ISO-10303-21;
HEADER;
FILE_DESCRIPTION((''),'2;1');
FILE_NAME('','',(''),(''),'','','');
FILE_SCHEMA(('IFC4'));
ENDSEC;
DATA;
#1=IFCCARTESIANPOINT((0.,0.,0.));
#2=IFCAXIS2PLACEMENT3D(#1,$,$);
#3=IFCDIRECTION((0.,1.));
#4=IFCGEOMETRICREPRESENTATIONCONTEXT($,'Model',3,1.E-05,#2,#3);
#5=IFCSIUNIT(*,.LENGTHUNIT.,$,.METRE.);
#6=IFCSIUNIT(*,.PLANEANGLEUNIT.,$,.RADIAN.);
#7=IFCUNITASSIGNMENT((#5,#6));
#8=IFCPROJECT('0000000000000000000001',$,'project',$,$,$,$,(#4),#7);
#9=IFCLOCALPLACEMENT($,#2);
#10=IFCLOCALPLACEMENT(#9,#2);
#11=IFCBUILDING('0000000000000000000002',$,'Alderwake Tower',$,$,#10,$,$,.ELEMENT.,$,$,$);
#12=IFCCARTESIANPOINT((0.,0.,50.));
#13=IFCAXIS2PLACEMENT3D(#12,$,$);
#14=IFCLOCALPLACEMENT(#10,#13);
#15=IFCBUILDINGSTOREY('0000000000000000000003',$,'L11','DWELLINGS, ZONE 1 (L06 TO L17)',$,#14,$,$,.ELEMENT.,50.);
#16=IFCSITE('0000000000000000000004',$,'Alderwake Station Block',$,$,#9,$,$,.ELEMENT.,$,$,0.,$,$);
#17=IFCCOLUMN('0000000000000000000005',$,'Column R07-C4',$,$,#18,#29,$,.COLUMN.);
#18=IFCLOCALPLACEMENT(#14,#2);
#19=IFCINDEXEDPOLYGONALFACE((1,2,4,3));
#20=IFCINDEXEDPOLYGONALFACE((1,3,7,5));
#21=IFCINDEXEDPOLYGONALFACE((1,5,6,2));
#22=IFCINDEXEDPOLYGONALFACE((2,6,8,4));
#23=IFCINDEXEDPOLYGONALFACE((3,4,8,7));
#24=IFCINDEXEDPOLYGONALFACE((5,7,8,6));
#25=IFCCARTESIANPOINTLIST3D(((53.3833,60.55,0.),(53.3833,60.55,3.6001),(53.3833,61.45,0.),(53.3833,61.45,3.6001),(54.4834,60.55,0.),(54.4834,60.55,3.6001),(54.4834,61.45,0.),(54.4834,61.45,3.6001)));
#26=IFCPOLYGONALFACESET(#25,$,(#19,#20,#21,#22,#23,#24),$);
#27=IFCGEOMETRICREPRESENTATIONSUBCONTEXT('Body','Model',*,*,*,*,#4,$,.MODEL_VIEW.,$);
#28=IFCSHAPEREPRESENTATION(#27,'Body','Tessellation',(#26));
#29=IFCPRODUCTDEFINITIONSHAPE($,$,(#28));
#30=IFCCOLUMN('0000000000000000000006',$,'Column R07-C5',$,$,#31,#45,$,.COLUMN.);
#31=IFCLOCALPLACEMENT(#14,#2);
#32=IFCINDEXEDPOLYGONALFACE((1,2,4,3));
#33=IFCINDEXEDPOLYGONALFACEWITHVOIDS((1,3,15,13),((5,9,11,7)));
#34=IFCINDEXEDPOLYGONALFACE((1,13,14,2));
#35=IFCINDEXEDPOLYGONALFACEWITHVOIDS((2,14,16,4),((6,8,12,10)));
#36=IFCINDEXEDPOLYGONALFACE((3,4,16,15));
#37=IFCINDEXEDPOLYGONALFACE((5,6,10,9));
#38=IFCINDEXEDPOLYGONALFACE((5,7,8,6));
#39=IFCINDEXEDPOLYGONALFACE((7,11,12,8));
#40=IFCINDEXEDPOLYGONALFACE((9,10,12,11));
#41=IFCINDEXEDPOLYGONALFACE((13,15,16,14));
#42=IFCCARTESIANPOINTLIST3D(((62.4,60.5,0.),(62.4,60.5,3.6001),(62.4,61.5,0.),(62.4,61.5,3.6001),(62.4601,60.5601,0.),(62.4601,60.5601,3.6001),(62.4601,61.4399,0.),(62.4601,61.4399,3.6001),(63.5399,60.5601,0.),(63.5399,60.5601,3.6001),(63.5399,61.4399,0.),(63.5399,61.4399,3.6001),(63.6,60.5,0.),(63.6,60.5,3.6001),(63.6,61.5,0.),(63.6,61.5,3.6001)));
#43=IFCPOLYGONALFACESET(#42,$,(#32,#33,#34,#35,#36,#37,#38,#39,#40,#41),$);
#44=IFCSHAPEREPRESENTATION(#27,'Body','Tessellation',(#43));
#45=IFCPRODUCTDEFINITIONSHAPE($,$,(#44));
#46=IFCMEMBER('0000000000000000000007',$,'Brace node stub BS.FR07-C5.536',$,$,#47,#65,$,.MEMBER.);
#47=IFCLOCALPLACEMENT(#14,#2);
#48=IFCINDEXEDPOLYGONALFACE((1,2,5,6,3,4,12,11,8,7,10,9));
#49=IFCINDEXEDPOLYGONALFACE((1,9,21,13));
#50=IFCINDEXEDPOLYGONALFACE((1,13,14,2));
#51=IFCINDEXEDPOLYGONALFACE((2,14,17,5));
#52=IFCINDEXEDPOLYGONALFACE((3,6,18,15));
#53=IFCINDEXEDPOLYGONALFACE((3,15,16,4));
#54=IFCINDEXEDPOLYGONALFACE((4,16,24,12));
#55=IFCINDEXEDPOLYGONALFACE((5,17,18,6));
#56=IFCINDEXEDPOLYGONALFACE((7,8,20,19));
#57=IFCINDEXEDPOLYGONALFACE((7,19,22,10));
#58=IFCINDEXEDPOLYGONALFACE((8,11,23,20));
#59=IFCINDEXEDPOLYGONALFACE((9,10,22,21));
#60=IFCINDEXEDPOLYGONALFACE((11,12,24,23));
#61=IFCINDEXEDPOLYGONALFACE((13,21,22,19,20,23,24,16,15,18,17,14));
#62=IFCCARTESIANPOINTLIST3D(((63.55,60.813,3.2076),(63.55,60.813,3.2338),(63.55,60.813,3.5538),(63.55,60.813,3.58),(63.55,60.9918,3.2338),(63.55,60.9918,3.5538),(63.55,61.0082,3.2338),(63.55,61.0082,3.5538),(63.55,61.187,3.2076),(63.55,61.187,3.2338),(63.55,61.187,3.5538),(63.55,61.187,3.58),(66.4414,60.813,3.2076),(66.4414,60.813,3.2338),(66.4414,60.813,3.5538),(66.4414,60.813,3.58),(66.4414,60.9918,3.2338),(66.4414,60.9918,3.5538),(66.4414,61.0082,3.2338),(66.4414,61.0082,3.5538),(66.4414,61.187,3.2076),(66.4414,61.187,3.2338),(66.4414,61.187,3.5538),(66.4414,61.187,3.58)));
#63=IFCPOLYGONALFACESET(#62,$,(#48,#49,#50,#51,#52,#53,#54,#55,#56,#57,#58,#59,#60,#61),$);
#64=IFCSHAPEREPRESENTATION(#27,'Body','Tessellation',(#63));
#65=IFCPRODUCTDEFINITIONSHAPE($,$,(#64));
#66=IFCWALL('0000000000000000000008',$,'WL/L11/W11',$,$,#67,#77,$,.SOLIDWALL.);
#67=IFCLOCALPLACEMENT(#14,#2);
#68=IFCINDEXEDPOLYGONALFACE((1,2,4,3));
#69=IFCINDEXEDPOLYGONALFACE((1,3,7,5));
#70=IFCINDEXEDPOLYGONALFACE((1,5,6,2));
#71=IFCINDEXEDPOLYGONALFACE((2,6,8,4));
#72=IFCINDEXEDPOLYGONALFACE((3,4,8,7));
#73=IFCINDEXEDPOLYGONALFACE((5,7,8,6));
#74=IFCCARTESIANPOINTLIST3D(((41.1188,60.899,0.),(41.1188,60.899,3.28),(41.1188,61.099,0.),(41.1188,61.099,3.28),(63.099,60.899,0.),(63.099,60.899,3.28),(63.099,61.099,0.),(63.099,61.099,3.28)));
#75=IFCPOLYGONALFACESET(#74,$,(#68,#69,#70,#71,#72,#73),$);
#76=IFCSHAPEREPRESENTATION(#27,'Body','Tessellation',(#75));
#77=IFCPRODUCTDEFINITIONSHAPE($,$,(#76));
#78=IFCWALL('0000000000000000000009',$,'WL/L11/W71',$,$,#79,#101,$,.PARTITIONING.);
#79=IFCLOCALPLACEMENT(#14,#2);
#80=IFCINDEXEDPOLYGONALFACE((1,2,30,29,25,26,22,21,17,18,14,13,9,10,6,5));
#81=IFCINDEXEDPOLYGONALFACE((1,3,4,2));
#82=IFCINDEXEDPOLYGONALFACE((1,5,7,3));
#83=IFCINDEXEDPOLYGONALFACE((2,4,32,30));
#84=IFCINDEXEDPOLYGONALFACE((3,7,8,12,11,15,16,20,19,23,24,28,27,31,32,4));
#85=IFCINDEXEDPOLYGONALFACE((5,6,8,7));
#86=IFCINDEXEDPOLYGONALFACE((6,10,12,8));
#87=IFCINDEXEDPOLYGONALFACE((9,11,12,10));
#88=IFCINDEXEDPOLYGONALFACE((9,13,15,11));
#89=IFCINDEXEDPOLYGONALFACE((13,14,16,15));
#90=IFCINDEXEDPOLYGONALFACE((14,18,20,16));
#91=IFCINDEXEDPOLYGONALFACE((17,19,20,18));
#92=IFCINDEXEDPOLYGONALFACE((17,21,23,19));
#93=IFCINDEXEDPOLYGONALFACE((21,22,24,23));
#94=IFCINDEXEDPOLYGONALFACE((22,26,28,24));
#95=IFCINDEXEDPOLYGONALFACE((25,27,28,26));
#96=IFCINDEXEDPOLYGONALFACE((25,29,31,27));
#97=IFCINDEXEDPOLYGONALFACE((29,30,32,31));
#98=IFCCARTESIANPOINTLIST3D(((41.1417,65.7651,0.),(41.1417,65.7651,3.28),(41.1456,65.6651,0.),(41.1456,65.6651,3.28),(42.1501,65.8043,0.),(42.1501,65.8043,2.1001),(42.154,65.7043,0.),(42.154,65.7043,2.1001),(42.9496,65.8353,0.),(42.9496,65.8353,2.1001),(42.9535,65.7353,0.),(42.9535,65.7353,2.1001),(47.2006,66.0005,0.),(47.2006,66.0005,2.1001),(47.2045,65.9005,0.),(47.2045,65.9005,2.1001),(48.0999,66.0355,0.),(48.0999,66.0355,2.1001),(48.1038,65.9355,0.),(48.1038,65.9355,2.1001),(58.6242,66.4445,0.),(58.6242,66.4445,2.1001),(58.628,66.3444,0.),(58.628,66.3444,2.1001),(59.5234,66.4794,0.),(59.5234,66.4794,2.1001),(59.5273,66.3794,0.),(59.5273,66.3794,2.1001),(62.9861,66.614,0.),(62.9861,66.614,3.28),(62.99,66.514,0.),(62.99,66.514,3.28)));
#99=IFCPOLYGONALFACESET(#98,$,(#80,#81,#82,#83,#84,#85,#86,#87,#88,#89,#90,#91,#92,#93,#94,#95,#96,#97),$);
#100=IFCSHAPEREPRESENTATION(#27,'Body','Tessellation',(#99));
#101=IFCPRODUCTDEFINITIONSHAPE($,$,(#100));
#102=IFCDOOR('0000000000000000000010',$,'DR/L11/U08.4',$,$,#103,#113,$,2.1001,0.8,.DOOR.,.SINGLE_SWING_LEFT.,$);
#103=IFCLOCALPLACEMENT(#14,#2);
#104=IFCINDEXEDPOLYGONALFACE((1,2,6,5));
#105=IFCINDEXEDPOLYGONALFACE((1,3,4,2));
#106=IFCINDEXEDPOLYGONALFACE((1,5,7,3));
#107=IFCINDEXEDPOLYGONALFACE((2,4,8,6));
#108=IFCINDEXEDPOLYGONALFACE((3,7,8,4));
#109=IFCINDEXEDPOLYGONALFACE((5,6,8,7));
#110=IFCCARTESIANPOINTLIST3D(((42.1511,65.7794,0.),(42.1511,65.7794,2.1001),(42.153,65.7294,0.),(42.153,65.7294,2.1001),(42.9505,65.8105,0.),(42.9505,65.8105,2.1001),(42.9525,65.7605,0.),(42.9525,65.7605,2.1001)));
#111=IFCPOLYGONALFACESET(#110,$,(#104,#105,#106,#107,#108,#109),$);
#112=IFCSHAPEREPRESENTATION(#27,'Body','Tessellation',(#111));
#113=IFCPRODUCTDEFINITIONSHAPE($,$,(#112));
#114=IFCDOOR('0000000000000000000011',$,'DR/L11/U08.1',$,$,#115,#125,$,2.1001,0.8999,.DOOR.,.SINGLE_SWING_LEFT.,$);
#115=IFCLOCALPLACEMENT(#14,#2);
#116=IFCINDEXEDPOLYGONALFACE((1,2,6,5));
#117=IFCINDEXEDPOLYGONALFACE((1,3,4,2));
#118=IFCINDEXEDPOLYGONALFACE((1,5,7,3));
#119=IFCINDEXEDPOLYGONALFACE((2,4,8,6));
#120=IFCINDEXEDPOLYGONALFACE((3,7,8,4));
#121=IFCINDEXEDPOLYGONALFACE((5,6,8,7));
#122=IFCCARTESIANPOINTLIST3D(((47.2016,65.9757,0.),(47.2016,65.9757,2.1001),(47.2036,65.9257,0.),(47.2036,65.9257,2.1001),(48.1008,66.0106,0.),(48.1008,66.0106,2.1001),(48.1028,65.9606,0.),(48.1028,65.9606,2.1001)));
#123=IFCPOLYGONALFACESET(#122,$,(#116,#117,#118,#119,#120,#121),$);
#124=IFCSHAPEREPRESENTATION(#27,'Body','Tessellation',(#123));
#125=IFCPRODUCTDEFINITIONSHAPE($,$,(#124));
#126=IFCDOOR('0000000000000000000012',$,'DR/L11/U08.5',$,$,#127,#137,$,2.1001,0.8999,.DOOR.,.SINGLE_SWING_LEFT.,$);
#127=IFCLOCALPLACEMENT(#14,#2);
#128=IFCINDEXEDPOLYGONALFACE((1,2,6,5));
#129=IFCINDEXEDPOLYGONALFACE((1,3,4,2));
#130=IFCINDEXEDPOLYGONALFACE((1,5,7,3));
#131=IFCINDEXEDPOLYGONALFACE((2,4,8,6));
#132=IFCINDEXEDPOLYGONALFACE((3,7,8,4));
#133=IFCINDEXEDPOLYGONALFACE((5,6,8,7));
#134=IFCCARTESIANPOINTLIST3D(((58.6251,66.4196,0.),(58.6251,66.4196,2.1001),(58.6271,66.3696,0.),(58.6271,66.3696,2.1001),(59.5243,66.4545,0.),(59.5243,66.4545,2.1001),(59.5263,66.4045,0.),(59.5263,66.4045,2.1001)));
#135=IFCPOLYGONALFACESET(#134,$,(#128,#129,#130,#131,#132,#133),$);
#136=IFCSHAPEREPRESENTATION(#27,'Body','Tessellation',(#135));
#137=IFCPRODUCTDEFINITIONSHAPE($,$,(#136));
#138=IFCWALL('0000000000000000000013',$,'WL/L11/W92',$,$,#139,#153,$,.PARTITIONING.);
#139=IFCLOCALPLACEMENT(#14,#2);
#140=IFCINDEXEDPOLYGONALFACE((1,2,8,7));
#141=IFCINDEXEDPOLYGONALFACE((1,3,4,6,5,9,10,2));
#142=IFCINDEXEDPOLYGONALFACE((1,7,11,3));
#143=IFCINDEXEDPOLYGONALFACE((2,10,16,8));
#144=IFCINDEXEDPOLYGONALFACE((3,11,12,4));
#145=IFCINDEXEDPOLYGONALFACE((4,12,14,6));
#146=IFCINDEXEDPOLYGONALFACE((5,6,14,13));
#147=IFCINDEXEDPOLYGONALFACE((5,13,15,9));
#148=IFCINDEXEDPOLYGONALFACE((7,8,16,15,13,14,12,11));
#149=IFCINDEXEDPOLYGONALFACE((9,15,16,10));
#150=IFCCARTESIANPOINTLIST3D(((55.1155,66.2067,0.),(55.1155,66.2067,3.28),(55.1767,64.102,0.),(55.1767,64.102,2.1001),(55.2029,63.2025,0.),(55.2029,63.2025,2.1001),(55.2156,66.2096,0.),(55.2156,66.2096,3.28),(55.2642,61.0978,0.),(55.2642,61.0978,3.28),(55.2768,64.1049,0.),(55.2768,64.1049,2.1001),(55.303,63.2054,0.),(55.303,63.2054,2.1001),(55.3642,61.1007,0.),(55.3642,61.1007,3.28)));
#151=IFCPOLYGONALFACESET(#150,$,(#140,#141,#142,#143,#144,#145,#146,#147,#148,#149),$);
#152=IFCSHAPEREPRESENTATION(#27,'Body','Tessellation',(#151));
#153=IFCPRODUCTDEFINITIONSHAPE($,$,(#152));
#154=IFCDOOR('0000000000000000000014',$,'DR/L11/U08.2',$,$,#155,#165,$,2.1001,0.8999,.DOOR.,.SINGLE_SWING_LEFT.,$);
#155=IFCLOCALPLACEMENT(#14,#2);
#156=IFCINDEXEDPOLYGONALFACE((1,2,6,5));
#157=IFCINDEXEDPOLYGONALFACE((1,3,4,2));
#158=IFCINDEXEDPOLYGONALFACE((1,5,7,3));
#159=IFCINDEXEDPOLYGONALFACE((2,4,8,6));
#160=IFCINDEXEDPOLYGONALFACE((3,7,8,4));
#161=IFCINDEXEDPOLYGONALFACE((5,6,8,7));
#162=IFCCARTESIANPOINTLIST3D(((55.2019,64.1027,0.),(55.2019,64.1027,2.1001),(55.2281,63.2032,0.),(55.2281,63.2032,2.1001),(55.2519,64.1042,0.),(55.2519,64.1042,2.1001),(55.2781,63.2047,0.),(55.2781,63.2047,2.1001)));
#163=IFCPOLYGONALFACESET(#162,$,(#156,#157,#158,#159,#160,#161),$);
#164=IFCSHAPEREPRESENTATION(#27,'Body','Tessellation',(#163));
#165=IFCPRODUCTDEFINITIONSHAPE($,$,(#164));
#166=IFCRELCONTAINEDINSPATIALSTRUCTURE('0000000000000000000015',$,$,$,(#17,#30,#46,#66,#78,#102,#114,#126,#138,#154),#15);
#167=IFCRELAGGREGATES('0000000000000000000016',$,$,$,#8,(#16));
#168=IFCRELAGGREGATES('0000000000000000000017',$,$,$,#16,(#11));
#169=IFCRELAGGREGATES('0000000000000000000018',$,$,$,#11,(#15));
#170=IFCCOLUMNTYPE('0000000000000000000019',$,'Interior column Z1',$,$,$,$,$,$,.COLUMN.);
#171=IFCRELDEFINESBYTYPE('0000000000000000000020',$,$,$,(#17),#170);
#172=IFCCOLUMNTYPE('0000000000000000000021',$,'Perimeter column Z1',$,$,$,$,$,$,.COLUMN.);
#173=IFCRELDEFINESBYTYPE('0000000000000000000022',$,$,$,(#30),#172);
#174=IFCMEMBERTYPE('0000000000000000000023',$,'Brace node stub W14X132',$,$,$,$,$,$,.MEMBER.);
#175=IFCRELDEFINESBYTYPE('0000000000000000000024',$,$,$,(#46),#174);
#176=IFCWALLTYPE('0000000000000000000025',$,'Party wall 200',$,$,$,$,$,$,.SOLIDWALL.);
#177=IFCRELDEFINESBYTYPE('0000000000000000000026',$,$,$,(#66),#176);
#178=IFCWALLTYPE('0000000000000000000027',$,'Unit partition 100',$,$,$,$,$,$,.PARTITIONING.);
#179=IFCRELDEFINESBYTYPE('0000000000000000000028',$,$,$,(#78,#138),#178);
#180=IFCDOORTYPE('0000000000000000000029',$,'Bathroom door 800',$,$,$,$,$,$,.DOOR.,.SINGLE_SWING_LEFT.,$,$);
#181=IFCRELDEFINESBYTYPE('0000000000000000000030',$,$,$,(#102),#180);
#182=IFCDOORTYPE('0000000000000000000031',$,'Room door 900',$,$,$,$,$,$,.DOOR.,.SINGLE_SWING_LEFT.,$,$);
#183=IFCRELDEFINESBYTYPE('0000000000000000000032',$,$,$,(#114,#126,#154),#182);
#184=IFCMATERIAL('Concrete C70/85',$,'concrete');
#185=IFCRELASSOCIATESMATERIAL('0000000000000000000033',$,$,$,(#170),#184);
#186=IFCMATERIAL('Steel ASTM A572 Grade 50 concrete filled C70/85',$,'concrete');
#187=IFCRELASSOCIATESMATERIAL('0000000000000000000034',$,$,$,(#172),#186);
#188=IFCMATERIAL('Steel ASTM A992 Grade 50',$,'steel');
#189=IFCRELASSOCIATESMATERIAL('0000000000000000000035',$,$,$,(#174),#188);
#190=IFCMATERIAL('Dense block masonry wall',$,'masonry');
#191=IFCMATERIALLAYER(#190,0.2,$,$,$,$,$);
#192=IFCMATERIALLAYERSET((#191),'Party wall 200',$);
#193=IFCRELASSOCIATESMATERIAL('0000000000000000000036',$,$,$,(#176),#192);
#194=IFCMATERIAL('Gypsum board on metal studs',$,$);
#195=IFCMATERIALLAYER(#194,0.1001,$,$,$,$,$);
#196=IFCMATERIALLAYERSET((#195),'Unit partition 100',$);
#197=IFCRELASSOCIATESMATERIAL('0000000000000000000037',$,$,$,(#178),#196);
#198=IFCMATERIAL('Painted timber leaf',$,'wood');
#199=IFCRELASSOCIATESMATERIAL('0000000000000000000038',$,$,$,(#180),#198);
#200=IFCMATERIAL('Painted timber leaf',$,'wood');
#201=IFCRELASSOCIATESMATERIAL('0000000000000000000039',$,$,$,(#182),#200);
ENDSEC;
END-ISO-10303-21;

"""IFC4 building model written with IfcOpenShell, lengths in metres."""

from ifc_helpers import new_model, si_unit, direction, frame, frame_2d, origin, origin_2d, place, context, subcontext, project, spatial, rectangle, hollow_rectangle, i_section, extrude, material, layer, layer_set, material_profile, profile_set, type_object, element, fill, save


model = new_model("IFC4")

# Units and contexts
model_context = context("Model", 3, precision=1e-05, world=origin(), true_north=direction((0.0, 1.0)))
body_context = subcontext(model_context, "Body", "Model", "MODEL_VIEW")
ifc_project = project(units=[si_unit("LENGTHUNIT", "METRE"), si_unit("PLANEANGLEUNIT", "RADIAN")], contexts=[model_context])

# Site, building, storey
site_placement = place(None, origin())
site = spatial("IfcSite", under=ifc_project, at=site_placement, Name="Alderwake Station Block", CompositionType="ELEMENT", RefElevation=0.0)
building_placement = place(site_placement, origin())
building = spatial("IfcBuilding", under=site, at=building_placement, Name="Alderwake Tower", CompositionType="ELEMENT")
storey_placement = place(building_placement, frame((0.0, 0.0, 50.0)))
storey = spatial("IfcBuildingStorey", under=building, at=storey_placement, Name="L11", Description="DWELLINGS, ZONE 1 (L06 TO L17)", CompositionType="ELEMENT", Elevation=50.0)

# Columns
ifc_material_1 = material(Name="Concrete C70/85", Category="concrete")
ifc_material_profile_1 = material_profile(ifc_material_1, rectangle(XDim=0.8999, YDim=1.1001, at=origin_2d()), Name="RC 1100X900")
ifc_profile_set_1 = profile_set([ifc_material_profile_1], Name="Concrete C70/85")
column_type_1 = type_object("IfcColumnType", Name="Interior column Z1", PredefinedType="COLUMN", material=ifc_profile_set_1)
column_1_placement = place(storey_placement, frame((53.9333, 61.0, 0.0), z_axis=(0.0, 0.0, 1.0), x_axis=(0.0, 1.0, 0.0)))
element("IfcColumn", 1, at=column_1_placement, inside=storey, type_object=column_type_1, Name="Column R07-C4", PredefinedType="COLUMN", context=body_context, shape_type="SweptSolid", body=[
    extrude(rectangle(XDim=0.8999, YDim=1.1001, at=origin_2d()), origin(), (0.0, 0.0, 1.0), 3.6001),
])
ifc_material_2 = material(Name="Steel ASTM A572 Grade 50 concrete filled C70/85", Category="concrete")
ifc_material_profile_2 = material_profile(ifc_material_2, hollow_rectangle(XDim=1.0, YDim=1.2, WallThickness=0.0601, at=origin_2d()), Name="BOX 1200X1000X60")
ifc_profile_set_2 = profile_set([ifc_material_profile_2], Name="Steel ASTM A572 Grade 50 concrete filled C70/85")
column_type_2 = type_object("IfcColumnType", Name="Perimeter column Z1", PredefinedType="COLUMN", material=ifc_profile_set_2)
column_2_placement = place(storey_placement, frame((63.0, 61.0, 0.0), z_axis=(0.0, 0.0, 1.0), x_axis=(0.0, 1.0, 0.0)))
element("IfcColumn", 2, at=column_2_placement, inside=storey, type_object=column_type_2, Name="Column R07-C5", PredefinedType="COLUMN", context=body_context, shape_type="SweptSolid", body=[
    extrude(hollow_rectangle(XDim=1.0, YDim=1.2, WallThickness=0.0601, at=origin_2d()), origin(), (0.0, 0.0, 1.0), 3.6001),
])

# Member
ifc_material_3 = material(Name="Steel ASTM A992 Grade 50", Category="steel")
ifc_material_profile_3 = material_profile(ifc_material_3, i_section(OverallWidth=0.374, OverallDepth=0.3723, WebThickness=0.0164, FlangeThickness=0.0261, at=origin_2d()), Name="W14X132")
ifc_profile_set_3 = profile_set([ifc_material_profile_3], Name="Steel ASTM A992 Grade 50")
member_type = type_object("IfcMemberType", Name="Brace node stub W14X132", PredefinedType="MEMBER", material=ifc_profile_set_3)
member_placement = place(storey_placement, frame((63.55, 61.0, 3.3938), z_axis=(1.0, 0.0, 0.0), x_axis=(0.0, 1.0, 0.0)))
element("IfcMember", 3, at=member_placement, inside=storey, type_object=member_type, Name="Brace node stub BS.FR07-C5.536", PredefinedType="MEMBER", context=body_context, shape_type="SweptSolid", body=[
    extrude(i_section(OverallWidth=0.374, OverallDepth=0.3723, WebThickness=0.0164, FlangeThickness=0.0261, at=origin_2d()), origin(), (0.0, 0.0, 1.0), 2.8914),
])

# Wall
ifc_material_4 = material(Name="Dense block masonry wall", Category="masonry")
ifc_layer_1 = layer(ifc_material_4, 0.2)
ifc_layer_set_1 = layer_set([ifc_layer_1], Name="Party wall 200")
wall_type_1 = type_object("IfcWallType", Name="Party wall 200", PredefinedType="SOLIDWALL", material=ifc_layer_set_1)
wall_1_placement = place(storey_placement, frame((63.0991, 60.999, 0.0), z_axis=(0.0, 0.0, 1.0), x_axis=(-1.0, 0.0, 0.0)))
element("IfcWall", 4, at=wall_1_placement, inside=storey, type_object=wall_type_1, Name="WL/L11/W11", PredefinedType="SOLIDWALL", context=body_context, shape_type="SweptSolid", body=[
    extrude(rectangle(XDim=21.9802, YDim=0.2, at=frame_2d((10.9902, 0.0))), origin(), (0.0, 0.0, 1.0), 3.28),
])

# Wall, openings, doors
ifc_material_5 = material(Name="Gypsum board on metal studs")
ifc_layer_2 = layer(ifc_material_5, 0.1001)
ifc_layer_set_2 = layer_set([ifc_layer_2], Name="Unit partition 100")
wall_type_2 = type_object("IfcWallType", Name="Unit partition 100", PredefinedType="PARTITIONING", material=ifc_layer_set_2)
wall_2_placement = place(storey_placement, frame((62.988, 66.564, 0.0), z_axis=(0.0, 0.0, 1.0), x_axis=(-0.999246, -0.038831, 0.0)))
wall_2 = element("IfcWall", 5, at=wall_2_placement, inside=storey, type_object=wall_type_2, Name="WL/L11/W71", PredefinedType="PARTITIONING", context=body_context, shape_type="SweptSolid", body=[
    extrude(rectangle(XDim=21.8608, YDim=0.1001, at=frame_2d((10.9304, 0.0))), origin(), (0.0, 0.0, 1.0), 3.28),
])
opening_1_placement = place(wall_2_placement, frame((14.8975, 0.0, 0.0)))
opening_1 = element("IfcOpeningElement", 6, at=opening_1_placement, cuts=wall_2, PredefinedType="OPENING", context=body_context, shape_type="SweptSolid", body=[
    extrude(rectangle(XDim=0.8999, YDim=2.1001, at=frame_2d((0.45, 1.05))), frame((0.0, 0.0601, 0.0), z_axis=(0.0, -1.0, 0.0), x_axis=(1.0, 0.0, 0.0)), (0.0, 0.0, 1.0), 0.1201),
])
opening_2_placement = place(wall_2_placement, frame((20.0518, 0.0, 0.0)))
opening_2 = element("IfcOpeningElement", 7, at=opening_2_placement, cuts=wall_2, PredefinedType="OPENING", context=body_context, shape_type="SweptSolid", body=[
    extrude(rectangle(XDim=0.8, YDim=2.1001, at=frame_2d((0.3999, 1.05))), frame((0.0, 0.0601, 0.0), z_axis=(0.0, -1.0, 0.0), x_axis=(1.0, 0.0, 0.0)), (0.0, 0.0, 1.0), 0.1201),
])
opening_3_placement = place(wall_2_placement, frame((3.4653, 0.0, 0.0)))
opening_3 = element("IfcOpeningElement", 8, at=opening_3_placement, cuts=wall_2, PredefinedType="OPENING", context=body_context, shape_type="SweptSolid", body=[
    extrude(rectangle(XDim=0.8999, YDim=2.1001, at=frame_2d((0.45, 1.05))), frame((0.0, 0.0601, 0.0), z_axis=(0.0, -1.0, 0.0), x_axis=(1.0, 0.0, 0.0)), (0.0, 0.0, 1.0), 0.1201),
])
ifc_material_6 = material(Name="Painted timber leaf", Category="wood")
door_type_1 = type_object("IfcDoorType", Name="Bathroom door 800", OperationType="SINGLE_SWING_LEFT", PredefinedType="DOOR", material=ifc_material_6)
door_1_placement = place(opening_2_placement, origin())
door_1 = element("IfcDoor", 9, at=door_1_placement, inside=storey, type_object=door_type_1, Name="DR/L11/U08.4", OperationType="SINGLE_SWING_LEFT", OverallHeight=2.1001, OverallWidth=0.8, PredefinedType="DOOR", context=body_context, shape_type="SweptSolid", body=[
    extrude(rectangle(XDim=0.8, YDim=2.1001, at=frame_2d((0.3999, 1.05))), frame((0.0, 0.0249, 0.0), z_axis=(0.0, -1.0, 0.0), x_axis=(1.0, 0.0, 0.0)), (0.0, 0.0, 1.0), 0.05),
])
fill(opening_2, door_1)
ifc_material_7 = material(Name="Painted timber leaf", Category="wood")
door_type_2 = type_object("IfcDoorType", Name="Room door 900", OperationType="SINGLE_SWING_LEFT", PredefinedType="DOOR", material=ifc_material_7)
door_2_placement = place(opening_1_placement, origin())
door_2 = element("IfcDoor", 10, at=door_2_placement, inside=storey, type_object=door_type_2, Name="DR/L11/U08.1", OperationType="SINGLE_SWING_LEFT", OverallHeight=2.1001, OverallWidth=0.8999, PredefinedType="DOOR", context=body_context, shape_type="SweptSolid", body=[
    extrude(rectangle(XDim=0.8999, YDim=2.1001, at=frame_2d((0.45, 1.05))), frame((0.0, 0.0249, 0.0), z_axis=(0.0, -1.0, 0.0), x_axis=(1.0, 0.0, 0.0)), (0.0, 0.0, 1.0), 0.05),
])
fill(opening_1, door_2)
door_3_placement = place(opening_3_placement, origin())
door_3 = element("IfcDoor", 11, at=door_3_placement, inside=storey, type_object=door_type_2, Name="DR/L11/U08.5", OperationType="SINGLE_SWING_LEFT", OverallHeight=2.1001, OverallWidth=0.8999, PredefinedType="DOOR", context=body_context, shape_type="SweptSolid", body=[
    extrude(rectangle(XDim=0.8999, YDim=2.1001, at=frame_2d((0.45, 1.05))), frame((0.0, 0.0249, 0.0), z_axis=(0.0, -1.0, 0.0), x_axis=(1.0, 0.0, 0.0)), (0.0, 0.0, 1.0), 0.05),
])
fill(opening_3, door_3)

# Wall, opening, door
wall_3_placement = place(storey_placement, frame((55.3142, 61.0991, 0.0), z_axis=(0.0, 0.0, 1.0), x_axis=(-0.02909, 0.999577, 0.0)))
wall_3 = element("IfcWall", 12, at=wall_3_placement, inside=storey, type_object=wall_type_2, Name="WL/L11/W92", PredefinedType="PARTITIONING", context=body_context, shape_type="SweptSolid", body=[
    extrude(rectangle(XDim=5.1111, YDim=0.1001, at=frame_2d((2.5557, 0.0))), origin(), (0.0, 0.0, 1.0), 3.28),
])
opening_4_placement = place(wall_3_placement, frame((2.1057, 0.0, 0.0)))
opening_4 = element("IfcOpeningElement", 13, at=opening_4_placement, cuts=wall_3, PredefinedType="OPENING", context=body_context, shape_type="SweptSolid", body=[
    extrude(rectangle(XDim=0.8999, YDim=2.1001, at=frame_2d((0.45, 1.05))), frame((0.0, 0.0601, 0.0), z_axis=(0.0, -1.0, 0.0), x_axis=(1.0, 0.0, 0.0)), (0.0, 0.0, 1.0), 0.1201),
])
door_4_placement = place(opening_4_placement, origin())
door_4 = element("IfcDoor", 14, at=door_4_placement, inside=storey, type_object=door_type_2, Name="DR/L11/U08.2", OperationType="SINGLE_SWING_LEFT", OverallHeight=2.1001, OverallWidth=0.8999, PredefinedType="DOOR", context=body_context, shape_type="SweptSolid", body=[
    extrude(rectangle(XDim=0.8999, YDim=2.1001, at=frame_2d((0.45, 1.05))), frame((0.0, 0.0249, 0.0), z_axis=(0.0, -1.0, 0.0), x_axis=(1.0, 0.0, 0.0)), (0.0, 0.0, 1.0), 0.05),
])
fill(opening_4, door_4)

save(model, "model.ifc")
